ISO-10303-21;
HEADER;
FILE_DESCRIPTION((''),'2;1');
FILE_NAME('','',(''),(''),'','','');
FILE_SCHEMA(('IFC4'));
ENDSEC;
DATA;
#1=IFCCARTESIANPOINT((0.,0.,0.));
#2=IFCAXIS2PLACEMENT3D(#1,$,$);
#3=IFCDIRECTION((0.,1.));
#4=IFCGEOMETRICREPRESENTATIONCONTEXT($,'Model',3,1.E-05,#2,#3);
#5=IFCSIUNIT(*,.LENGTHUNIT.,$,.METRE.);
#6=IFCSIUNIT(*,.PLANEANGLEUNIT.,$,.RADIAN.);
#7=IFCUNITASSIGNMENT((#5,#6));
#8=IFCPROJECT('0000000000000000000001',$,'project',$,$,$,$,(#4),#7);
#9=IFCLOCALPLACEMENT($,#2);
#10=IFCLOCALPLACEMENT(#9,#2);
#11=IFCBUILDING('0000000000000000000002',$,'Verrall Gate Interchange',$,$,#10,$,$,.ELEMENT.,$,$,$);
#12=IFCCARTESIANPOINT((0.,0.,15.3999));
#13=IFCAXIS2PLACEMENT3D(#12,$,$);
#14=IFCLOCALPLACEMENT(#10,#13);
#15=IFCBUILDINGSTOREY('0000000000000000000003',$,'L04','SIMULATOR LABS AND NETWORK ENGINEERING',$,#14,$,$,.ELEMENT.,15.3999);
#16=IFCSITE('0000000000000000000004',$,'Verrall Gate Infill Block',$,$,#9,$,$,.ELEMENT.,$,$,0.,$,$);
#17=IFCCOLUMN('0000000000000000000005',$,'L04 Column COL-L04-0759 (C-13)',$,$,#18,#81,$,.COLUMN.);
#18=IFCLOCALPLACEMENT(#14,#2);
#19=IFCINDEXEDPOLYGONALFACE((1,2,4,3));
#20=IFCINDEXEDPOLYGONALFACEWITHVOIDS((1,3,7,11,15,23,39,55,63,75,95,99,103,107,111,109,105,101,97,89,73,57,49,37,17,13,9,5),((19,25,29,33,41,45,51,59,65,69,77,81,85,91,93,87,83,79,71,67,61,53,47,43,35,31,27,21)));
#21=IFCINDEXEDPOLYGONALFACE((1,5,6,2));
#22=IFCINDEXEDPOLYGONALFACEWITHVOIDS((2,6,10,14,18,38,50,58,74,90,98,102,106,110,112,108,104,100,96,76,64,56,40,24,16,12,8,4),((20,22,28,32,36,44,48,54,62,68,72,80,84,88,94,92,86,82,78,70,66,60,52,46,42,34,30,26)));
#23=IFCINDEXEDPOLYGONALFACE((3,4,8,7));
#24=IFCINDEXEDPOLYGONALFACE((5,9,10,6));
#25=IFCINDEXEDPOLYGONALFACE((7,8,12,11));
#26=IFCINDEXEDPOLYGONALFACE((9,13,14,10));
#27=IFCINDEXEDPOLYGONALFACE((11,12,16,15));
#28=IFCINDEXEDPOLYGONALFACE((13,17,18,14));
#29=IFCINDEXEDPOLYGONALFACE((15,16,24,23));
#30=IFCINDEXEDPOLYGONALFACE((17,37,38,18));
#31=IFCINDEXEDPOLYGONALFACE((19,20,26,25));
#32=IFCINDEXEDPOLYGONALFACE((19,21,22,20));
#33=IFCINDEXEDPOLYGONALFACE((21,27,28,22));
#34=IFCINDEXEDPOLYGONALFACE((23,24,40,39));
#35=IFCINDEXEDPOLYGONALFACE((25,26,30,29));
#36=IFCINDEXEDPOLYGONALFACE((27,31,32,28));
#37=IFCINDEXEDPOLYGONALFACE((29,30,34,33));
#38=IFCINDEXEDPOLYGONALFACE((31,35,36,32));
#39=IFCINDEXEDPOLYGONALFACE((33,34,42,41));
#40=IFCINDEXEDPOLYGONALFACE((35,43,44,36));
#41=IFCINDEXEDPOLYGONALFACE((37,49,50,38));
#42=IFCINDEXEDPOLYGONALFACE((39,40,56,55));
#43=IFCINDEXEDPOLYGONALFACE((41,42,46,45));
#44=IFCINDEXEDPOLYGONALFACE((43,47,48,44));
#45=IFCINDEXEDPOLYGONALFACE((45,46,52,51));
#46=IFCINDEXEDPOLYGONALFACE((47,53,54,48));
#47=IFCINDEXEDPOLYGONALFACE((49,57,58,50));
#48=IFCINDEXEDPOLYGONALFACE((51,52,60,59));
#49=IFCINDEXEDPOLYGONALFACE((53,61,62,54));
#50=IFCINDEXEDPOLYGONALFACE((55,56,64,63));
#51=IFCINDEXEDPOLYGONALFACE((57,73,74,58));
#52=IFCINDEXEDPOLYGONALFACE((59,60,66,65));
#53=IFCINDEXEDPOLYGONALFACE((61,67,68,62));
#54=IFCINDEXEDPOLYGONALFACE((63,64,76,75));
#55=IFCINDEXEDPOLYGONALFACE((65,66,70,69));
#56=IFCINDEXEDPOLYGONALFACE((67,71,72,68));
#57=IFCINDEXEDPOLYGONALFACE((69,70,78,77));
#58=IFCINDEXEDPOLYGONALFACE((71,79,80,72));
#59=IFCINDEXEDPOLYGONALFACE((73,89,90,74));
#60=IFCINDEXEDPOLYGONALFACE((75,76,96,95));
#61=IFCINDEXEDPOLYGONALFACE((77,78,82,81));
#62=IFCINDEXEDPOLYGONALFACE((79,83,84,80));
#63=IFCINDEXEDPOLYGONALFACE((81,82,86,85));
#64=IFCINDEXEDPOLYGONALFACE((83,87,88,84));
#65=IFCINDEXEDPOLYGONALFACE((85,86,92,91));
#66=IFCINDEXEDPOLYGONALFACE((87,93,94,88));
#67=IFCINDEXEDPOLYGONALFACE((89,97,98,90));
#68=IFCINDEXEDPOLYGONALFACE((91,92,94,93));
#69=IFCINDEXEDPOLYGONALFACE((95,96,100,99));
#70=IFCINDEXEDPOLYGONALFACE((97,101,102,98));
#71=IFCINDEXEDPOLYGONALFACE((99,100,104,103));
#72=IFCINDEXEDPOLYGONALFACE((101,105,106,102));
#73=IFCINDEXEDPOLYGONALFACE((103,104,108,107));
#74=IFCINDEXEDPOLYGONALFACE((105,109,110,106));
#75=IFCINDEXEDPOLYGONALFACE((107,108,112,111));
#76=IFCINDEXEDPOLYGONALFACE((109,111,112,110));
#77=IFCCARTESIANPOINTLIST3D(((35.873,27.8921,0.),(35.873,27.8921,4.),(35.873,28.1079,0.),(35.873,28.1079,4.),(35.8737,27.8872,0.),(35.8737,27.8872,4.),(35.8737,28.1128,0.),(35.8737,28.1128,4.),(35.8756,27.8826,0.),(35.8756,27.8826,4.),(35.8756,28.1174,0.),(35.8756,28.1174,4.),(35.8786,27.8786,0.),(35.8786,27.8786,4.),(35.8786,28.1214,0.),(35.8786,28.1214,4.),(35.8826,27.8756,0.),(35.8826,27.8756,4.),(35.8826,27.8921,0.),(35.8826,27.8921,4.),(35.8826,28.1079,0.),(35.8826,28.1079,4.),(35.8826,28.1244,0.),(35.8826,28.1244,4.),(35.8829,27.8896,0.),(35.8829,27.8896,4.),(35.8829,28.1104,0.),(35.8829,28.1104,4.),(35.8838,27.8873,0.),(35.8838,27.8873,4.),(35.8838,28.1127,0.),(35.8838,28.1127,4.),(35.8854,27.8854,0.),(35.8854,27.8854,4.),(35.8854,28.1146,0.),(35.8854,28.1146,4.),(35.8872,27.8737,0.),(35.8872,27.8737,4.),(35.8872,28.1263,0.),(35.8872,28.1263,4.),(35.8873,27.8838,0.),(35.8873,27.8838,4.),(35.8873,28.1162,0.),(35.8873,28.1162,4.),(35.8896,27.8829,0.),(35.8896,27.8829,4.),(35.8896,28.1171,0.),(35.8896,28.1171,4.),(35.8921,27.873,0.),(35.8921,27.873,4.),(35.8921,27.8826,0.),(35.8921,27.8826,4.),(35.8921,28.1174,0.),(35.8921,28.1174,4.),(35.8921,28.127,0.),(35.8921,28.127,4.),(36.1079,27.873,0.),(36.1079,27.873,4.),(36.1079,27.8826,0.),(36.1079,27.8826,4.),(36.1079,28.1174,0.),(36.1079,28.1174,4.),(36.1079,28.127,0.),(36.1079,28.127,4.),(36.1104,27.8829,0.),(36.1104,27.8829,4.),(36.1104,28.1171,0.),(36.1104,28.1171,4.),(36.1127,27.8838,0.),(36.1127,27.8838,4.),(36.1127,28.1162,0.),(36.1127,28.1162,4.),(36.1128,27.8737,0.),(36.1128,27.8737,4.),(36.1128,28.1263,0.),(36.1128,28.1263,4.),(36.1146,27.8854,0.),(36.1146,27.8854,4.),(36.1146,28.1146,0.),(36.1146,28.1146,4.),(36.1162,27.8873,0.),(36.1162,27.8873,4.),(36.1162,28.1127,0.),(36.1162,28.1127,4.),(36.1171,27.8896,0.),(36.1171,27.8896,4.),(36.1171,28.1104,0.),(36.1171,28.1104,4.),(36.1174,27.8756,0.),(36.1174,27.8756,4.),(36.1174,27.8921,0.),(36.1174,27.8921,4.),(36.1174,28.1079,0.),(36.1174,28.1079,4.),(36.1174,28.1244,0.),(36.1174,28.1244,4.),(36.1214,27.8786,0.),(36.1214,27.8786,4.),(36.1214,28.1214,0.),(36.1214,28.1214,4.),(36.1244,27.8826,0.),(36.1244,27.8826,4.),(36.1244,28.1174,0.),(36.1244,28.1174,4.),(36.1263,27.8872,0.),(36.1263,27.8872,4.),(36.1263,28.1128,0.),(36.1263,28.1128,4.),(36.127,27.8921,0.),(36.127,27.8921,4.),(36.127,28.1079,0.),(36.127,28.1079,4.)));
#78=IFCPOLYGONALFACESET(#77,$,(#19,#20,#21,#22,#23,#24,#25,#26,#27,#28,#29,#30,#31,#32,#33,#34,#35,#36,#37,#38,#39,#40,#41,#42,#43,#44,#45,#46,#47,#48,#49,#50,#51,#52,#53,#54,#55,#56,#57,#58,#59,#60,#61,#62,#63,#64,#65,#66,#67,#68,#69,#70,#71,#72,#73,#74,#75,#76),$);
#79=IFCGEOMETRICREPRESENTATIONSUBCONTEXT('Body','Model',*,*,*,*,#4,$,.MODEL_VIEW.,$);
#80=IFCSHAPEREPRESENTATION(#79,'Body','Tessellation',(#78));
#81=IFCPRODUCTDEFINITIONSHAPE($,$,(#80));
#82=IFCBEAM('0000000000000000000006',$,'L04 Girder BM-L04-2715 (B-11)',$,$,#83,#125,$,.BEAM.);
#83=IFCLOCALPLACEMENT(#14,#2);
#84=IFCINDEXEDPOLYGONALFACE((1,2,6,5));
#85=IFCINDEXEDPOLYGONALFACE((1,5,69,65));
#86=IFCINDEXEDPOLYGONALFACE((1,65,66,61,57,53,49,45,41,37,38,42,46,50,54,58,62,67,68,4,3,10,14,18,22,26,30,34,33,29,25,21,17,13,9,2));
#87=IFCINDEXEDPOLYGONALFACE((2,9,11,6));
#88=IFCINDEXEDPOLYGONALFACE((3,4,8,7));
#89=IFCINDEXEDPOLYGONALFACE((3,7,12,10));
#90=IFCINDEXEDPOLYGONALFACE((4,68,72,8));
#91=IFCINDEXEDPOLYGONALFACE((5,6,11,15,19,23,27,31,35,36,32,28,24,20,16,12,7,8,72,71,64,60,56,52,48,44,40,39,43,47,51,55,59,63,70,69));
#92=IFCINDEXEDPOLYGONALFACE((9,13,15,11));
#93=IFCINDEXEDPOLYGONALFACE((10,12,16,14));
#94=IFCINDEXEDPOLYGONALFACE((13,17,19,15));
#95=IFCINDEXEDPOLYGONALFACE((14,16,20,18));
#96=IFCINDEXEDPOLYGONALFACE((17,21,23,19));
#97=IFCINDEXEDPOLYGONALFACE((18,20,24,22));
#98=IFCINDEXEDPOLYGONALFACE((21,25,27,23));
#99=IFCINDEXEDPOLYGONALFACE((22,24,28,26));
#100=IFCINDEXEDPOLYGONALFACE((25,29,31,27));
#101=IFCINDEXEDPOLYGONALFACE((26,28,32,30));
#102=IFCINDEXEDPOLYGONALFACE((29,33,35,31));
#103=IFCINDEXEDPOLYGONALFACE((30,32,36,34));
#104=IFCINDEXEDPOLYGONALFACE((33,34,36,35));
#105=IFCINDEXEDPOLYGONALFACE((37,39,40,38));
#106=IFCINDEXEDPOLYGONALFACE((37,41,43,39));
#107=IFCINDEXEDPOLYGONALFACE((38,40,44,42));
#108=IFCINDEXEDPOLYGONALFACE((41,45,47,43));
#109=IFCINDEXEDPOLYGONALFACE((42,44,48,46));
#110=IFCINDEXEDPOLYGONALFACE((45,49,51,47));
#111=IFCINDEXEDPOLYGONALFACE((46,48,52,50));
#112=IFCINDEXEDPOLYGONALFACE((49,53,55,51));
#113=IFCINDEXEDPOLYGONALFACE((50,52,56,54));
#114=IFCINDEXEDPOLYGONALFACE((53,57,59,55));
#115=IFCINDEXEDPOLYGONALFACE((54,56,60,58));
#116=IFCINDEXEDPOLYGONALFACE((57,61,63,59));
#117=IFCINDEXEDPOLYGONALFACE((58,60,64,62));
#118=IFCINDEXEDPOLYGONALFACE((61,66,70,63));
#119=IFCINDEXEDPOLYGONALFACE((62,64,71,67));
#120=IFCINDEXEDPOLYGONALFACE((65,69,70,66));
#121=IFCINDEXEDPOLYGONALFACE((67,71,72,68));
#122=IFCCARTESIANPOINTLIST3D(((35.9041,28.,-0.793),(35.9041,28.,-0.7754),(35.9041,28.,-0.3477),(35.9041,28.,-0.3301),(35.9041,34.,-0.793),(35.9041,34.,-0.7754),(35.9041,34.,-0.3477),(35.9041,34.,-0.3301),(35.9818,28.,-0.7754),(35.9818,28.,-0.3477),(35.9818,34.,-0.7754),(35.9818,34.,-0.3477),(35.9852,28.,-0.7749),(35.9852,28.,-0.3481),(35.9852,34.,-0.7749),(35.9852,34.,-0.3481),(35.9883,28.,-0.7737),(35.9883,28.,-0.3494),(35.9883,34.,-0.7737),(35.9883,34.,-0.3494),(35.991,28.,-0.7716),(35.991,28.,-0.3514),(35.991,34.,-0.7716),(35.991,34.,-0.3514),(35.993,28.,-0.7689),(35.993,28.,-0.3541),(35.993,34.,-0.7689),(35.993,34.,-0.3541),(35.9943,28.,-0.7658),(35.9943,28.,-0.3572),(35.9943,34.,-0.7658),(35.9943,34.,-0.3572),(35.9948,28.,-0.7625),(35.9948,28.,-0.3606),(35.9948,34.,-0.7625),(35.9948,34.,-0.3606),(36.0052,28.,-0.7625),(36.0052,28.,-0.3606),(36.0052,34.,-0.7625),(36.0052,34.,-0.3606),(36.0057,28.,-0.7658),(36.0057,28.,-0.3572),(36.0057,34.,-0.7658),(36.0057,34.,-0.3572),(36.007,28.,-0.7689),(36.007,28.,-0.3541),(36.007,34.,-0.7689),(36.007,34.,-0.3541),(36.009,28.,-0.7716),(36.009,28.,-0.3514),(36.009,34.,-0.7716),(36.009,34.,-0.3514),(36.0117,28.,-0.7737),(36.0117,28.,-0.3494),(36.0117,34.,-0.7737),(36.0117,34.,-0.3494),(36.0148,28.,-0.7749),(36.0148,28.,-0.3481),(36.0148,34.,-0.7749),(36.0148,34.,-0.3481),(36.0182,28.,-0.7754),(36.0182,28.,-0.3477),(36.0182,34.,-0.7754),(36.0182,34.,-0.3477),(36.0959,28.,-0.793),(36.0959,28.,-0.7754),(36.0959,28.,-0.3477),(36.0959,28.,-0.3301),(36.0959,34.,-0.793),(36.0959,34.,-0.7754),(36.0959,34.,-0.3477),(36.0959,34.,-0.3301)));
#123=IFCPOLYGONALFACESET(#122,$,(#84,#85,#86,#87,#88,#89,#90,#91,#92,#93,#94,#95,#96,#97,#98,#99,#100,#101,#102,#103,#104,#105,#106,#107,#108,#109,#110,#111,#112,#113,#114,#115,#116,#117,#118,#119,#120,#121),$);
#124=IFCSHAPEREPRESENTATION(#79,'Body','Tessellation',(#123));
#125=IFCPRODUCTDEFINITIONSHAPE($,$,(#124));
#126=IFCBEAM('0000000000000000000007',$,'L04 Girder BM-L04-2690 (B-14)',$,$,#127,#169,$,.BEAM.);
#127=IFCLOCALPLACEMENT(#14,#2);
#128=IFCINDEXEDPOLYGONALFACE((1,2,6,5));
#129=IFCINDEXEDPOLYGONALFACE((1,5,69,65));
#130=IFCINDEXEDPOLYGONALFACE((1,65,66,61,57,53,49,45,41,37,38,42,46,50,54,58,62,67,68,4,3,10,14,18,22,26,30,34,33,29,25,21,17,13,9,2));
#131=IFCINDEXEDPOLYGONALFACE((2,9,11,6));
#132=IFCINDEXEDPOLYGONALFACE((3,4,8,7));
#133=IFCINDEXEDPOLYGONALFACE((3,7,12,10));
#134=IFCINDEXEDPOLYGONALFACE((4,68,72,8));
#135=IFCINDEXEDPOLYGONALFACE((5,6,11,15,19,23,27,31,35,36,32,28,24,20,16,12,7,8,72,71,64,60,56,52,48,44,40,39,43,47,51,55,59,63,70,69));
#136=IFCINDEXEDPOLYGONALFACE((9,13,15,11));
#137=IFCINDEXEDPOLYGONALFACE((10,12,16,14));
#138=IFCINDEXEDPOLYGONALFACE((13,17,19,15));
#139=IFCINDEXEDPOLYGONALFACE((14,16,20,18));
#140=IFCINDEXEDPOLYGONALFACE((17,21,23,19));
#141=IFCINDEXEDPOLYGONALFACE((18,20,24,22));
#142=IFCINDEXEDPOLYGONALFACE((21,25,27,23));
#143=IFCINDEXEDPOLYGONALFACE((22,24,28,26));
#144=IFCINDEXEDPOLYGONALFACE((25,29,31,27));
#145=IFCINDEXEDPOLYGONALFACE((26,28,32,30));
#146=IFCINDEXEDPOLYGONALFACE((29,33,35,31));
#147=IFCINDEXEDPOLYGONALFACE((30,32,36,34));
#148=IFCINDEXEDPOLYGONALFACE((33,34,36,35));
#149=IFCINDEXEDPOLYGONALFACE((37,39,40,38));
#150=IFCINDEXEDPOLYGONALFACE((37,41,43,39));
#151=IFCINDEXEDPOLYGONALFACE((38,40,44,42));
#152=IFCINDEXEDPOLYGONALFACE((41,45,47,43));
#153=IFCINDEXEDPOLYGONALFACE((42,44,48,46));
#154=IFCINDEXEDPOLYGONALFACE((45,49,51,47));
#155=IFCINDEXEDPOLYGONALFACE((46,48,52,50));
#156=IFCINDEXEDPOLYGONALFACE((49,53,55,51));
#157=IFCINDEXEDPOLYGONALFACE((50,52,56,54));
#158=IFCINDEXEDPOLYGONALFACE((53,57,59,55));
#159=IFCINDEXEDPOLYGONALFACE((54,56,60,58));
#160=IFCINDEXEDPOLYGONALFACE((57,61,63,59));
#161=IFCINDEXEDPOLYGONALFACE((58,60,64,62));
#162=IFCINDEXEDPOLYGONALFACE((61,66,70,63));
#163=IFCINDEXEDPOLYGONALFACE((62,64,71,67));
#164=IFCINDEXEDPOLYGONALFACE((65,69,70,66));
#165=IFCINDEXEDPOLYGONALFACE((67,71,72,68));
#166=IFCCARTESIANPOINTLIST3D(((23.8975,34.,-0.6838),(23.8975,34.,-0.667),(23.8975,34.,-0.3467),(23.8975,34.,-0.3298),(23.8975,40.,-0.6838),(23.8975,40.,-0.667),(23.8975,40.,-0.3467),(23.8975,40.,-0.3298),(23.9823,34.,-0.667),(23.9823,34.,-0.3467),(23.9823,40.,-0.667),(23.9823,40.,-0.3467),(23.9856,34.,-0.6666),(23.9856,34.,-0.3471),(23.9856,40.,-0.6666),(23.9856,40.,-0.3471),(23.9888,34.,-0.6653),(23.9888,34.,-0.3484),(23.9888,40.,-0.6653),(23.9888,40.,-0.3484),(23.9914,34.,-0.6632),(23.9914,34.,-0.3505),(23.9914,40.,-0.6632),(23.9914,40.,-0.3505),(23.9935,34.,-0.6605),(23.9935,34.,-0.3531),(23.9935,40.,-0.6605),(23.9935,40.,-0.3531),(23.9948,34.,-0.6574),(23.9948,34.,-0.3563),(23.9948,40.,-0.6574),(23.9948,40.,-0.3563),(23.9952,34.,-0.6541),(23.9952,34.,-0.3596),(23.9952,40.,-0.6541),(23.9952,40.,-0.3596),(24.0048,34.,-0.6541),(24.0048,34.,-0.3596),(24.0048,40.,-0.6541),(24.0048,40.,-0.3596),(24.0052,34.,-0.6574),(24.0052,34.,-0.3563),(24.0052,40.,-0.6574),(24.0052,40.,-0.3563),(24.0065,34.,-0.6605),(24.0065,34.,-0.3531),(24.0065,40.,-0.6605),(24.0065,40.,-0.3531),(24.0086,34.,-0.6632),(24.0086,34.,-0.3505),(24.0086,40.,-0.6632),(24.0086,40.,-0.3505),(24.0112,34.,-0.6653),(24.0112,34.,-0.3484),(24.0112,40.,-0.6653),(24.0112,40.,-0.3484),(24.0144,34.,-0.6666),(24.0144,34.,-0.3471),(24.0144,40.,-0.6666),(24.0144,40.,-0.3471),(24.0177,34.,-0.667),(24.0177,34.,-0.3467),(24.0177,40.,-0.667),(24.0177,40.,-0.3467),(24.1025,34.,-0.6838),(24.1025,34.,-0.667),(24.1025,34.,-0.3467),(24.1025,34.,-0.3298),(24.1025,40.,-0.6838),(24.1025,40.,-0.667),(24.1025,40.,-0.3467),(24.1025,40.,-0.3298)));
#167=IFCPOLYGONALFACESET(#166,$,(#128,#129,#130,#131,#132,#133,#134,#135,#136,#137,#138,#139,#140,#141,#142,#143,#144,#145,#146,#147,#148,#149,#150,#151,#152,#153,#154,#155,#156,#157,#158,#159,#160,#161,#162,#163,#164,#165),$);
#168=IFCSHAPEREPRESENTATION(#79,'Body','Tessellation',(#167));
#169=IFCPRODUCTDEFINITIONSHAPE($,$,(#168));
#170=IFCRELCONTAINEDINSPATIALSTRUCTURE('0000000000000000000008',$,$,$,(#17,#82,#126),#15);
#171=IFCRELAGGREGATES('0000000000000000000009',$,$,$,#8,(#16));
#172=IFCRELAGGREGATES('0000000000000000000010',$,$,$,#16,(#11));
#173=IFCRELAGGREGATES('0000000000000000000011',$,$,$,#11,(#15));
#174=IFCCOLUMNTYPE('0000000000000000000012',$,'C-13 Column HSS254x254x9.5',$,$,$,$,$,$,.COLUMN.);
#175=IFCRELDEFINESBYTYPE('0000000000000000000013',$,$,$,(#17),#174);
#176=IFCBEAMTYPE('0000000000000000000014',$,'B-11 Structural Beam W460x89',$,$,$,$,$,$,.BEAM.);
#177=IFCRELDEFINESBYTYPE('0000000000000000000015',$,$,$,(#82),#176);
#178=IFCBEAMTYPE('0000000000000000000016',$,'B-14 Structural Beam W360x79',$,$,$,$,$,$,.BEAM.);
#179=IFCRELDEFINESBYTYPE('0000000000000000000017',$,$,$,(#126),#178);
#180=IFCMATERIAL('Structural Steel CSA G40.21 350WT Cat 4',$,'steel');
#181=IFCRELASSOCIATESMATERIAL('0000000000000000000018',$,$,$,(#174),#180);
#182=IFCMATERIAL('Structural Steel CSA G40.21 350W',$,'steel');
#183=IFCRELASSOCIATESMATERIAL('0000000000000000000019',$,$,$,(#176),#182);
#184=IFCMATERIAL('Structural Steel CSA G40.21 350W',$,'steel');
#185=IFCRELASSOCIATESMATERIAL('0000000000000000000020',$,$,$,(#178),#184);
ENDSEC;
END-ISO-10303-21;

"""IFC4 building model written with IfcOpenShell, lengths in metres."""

from ifc_helpers import new_model, si_unit, direction, frame, origin, origin_2d, place, context, subcontext, project, spatial, hollow_rectangle, i_section, extrude, material, material_profile, profile_set, type_object, element, save


model = new_model("IFC4")

# Units and contexts
model_context = context("Model", 3, precision=1e-05, world=origin(), true_north=direction((0.0, 1.0)))
body_context = subcontext(model_context, "Body", "Model", "MODEL_VIEW")
ifc_project = project(units=[si_unit("LENGTHUNIT", "METRE"), si_unit("PLANEANGLEUNIT", "RADIAN")], contexts=[model_context])

# Site, building, storey
site_placement = place(None, origin())
site = spatial("IfcSite", under=ifc_project, at=site_placement, Name="Verrall Gate Infill Block", CompositionType="ELEMENT", RefElevation=0.0)
building_placement = place(site_placement, origin())
building = spatial("IfcBuilding", under=site, at=building_placement, Name="Verrall Gate Interchange", CompositionType="ELEMENT")
storey_placement = place(building_placement, frame((0.0, 0.0, 15.3999)))
storey = spatial("IfcBuildingStorey", under=building, at=storey_placement, Name="L04", Description="SIMULATOR LABS AND NETWORK ENGINEERING", CompositionType="ELEMENT", Elevation=15.3999)

# Column
ifc_material_1 = material(Name="Structural Steel CSA G40.21 350WT Cat 4", Category="steel")
ifc_material_profile_1 = material_profile(ifc_material_1, hollow_rectangle(XDim=0.2539, YDim=0.2539, WallThickness=0.0095, InnerFilletRadius=0.0095, OuterFilletRadius=0.019, at=origin_2d()), Name="HSS254x254x9.5")
ifc_profile_set_1 = profile_set([ifc_material_profile_1], Name="Structural Steel CSA G40.21 350WT Cat 4")
column_type = type_object("IfcColumnType", Name="C-13 Column HSS254x254x9.5", PredefinedType="COLUMN", material=ifc_profile_set_1)
column_placement = place(storey_placement, frame((36.0, 28.0, 0.0), z_axis=(0.0, 0.0, 1.0), x_axis=(1.0, 0.0, 0.0)))
element("IfcColumn", 1, at=column_placement, inside=storey, type_object=column_type, Name="L04 Column COL-L04-0759 (C-13)", PredefinedType="COLUMN", context=body_context, shape_type="SweptSolid", body=[
    extrude(hollow_rectangle(XDim=0.2539, YDim=0.2539, WallThickness=0.0095, InnerFilletRadius=0.0095, OuterFilletRadius=0.019, at=origin_2d()), origin(), (0.0, 0.0, 1.0), 4.0),
])

# Beams
ifc_material_2 = material(Name="Structural Steel CSA G40.21 350W", Category="steel")
ifc_material_profile_2 = material_profile(ifc_material_2, i_section(OverallWidth=0.1919, OverallDepth=0.4629, WebThickness=0.0105, FlangeThickness=0.0176, FilletRadius=0.0129, at=origin_2d()), Name="W460x89")
ifc_profile_set_2 = profile_set([ifc_material_profile_2], Name="Structural Steel CSA G40.21 350W")
beam_type_1 = type_object("IfcBeamType", Name="B-11 Structural Beam W460x89", PredefinedType="BEAM", material=ifc_profile_set_2)
beam_1_placement = place(storey_placement, frame((36.0, 28.0, -0.5615), z_axis=(0.0, 1.0, 0.0), x_axis=(-1.0, 0.0, 0.0)))
element("IfcBeam", 2, at=beam_1_placement, inside=storey, type_object=beam_type_1, Name="L04 Girder BM-L04-2715 (B-11)", PredefinedType="BEAM", context=body_context, shape_type="SweptSolid", body=[
    extrude(i_section(OverallWidth=0.1919, OverallDepth=0.4629, WebThickness=0.0105, FlangeThickness=0.0176, FilletRadius=0.0129, at=origin_2d()), origin(), (0.0, 0.0, 1.0), 6.0),
])
ifc_material_3 = material(Name="Structural Steel CSA G40.21 350W", Category="steel")
ifc_material_profile_3 = material_profile(ifc_material_3, i_section(OverallWidth=0.2051, OverallDepth=0.354, WebThickness=0.0095, FlangeThickness=0.0168, FilletRadius=0.0129, at=origin_2d()), Name="W360x79")
ifc_profile_set_3 = profile_set([ifc_material_profile_3], Name="Structural Steel CSA G40.21 350W")
beam_type_2 = type_object("IfcBeamType", Name="B-14 Structural Beam W360x79", PredefinedType="BEAM", material=ifc_profile_set_3)
beam_2_placement = place(storey_placement, frame((24.0, 34.0, -0.5068), z_axis=(0.0, 1.0, 0.0), x_axis=(-1.0, 0.0, 0.0)))
element("IfcBeam", 3, at=beam_2_placement, inside=storey, type_object=beam_type_2, Name="L04 Girder BM-L04-2690 (B-14)", PredefinedType="BEAM", context=body_context, shape_type="SweptSolid", body=[
    extrude(i_section(OverallWidth=0.2051, OverallDepth=0.354, WebThickness=0.0095, FlangeThickness=0.0168, FilletRadius=0.0129, at=origin_2d()), origin(), (0.0, 0.0, 1.0), 6.0),
])

save(model, "model.ifc")
